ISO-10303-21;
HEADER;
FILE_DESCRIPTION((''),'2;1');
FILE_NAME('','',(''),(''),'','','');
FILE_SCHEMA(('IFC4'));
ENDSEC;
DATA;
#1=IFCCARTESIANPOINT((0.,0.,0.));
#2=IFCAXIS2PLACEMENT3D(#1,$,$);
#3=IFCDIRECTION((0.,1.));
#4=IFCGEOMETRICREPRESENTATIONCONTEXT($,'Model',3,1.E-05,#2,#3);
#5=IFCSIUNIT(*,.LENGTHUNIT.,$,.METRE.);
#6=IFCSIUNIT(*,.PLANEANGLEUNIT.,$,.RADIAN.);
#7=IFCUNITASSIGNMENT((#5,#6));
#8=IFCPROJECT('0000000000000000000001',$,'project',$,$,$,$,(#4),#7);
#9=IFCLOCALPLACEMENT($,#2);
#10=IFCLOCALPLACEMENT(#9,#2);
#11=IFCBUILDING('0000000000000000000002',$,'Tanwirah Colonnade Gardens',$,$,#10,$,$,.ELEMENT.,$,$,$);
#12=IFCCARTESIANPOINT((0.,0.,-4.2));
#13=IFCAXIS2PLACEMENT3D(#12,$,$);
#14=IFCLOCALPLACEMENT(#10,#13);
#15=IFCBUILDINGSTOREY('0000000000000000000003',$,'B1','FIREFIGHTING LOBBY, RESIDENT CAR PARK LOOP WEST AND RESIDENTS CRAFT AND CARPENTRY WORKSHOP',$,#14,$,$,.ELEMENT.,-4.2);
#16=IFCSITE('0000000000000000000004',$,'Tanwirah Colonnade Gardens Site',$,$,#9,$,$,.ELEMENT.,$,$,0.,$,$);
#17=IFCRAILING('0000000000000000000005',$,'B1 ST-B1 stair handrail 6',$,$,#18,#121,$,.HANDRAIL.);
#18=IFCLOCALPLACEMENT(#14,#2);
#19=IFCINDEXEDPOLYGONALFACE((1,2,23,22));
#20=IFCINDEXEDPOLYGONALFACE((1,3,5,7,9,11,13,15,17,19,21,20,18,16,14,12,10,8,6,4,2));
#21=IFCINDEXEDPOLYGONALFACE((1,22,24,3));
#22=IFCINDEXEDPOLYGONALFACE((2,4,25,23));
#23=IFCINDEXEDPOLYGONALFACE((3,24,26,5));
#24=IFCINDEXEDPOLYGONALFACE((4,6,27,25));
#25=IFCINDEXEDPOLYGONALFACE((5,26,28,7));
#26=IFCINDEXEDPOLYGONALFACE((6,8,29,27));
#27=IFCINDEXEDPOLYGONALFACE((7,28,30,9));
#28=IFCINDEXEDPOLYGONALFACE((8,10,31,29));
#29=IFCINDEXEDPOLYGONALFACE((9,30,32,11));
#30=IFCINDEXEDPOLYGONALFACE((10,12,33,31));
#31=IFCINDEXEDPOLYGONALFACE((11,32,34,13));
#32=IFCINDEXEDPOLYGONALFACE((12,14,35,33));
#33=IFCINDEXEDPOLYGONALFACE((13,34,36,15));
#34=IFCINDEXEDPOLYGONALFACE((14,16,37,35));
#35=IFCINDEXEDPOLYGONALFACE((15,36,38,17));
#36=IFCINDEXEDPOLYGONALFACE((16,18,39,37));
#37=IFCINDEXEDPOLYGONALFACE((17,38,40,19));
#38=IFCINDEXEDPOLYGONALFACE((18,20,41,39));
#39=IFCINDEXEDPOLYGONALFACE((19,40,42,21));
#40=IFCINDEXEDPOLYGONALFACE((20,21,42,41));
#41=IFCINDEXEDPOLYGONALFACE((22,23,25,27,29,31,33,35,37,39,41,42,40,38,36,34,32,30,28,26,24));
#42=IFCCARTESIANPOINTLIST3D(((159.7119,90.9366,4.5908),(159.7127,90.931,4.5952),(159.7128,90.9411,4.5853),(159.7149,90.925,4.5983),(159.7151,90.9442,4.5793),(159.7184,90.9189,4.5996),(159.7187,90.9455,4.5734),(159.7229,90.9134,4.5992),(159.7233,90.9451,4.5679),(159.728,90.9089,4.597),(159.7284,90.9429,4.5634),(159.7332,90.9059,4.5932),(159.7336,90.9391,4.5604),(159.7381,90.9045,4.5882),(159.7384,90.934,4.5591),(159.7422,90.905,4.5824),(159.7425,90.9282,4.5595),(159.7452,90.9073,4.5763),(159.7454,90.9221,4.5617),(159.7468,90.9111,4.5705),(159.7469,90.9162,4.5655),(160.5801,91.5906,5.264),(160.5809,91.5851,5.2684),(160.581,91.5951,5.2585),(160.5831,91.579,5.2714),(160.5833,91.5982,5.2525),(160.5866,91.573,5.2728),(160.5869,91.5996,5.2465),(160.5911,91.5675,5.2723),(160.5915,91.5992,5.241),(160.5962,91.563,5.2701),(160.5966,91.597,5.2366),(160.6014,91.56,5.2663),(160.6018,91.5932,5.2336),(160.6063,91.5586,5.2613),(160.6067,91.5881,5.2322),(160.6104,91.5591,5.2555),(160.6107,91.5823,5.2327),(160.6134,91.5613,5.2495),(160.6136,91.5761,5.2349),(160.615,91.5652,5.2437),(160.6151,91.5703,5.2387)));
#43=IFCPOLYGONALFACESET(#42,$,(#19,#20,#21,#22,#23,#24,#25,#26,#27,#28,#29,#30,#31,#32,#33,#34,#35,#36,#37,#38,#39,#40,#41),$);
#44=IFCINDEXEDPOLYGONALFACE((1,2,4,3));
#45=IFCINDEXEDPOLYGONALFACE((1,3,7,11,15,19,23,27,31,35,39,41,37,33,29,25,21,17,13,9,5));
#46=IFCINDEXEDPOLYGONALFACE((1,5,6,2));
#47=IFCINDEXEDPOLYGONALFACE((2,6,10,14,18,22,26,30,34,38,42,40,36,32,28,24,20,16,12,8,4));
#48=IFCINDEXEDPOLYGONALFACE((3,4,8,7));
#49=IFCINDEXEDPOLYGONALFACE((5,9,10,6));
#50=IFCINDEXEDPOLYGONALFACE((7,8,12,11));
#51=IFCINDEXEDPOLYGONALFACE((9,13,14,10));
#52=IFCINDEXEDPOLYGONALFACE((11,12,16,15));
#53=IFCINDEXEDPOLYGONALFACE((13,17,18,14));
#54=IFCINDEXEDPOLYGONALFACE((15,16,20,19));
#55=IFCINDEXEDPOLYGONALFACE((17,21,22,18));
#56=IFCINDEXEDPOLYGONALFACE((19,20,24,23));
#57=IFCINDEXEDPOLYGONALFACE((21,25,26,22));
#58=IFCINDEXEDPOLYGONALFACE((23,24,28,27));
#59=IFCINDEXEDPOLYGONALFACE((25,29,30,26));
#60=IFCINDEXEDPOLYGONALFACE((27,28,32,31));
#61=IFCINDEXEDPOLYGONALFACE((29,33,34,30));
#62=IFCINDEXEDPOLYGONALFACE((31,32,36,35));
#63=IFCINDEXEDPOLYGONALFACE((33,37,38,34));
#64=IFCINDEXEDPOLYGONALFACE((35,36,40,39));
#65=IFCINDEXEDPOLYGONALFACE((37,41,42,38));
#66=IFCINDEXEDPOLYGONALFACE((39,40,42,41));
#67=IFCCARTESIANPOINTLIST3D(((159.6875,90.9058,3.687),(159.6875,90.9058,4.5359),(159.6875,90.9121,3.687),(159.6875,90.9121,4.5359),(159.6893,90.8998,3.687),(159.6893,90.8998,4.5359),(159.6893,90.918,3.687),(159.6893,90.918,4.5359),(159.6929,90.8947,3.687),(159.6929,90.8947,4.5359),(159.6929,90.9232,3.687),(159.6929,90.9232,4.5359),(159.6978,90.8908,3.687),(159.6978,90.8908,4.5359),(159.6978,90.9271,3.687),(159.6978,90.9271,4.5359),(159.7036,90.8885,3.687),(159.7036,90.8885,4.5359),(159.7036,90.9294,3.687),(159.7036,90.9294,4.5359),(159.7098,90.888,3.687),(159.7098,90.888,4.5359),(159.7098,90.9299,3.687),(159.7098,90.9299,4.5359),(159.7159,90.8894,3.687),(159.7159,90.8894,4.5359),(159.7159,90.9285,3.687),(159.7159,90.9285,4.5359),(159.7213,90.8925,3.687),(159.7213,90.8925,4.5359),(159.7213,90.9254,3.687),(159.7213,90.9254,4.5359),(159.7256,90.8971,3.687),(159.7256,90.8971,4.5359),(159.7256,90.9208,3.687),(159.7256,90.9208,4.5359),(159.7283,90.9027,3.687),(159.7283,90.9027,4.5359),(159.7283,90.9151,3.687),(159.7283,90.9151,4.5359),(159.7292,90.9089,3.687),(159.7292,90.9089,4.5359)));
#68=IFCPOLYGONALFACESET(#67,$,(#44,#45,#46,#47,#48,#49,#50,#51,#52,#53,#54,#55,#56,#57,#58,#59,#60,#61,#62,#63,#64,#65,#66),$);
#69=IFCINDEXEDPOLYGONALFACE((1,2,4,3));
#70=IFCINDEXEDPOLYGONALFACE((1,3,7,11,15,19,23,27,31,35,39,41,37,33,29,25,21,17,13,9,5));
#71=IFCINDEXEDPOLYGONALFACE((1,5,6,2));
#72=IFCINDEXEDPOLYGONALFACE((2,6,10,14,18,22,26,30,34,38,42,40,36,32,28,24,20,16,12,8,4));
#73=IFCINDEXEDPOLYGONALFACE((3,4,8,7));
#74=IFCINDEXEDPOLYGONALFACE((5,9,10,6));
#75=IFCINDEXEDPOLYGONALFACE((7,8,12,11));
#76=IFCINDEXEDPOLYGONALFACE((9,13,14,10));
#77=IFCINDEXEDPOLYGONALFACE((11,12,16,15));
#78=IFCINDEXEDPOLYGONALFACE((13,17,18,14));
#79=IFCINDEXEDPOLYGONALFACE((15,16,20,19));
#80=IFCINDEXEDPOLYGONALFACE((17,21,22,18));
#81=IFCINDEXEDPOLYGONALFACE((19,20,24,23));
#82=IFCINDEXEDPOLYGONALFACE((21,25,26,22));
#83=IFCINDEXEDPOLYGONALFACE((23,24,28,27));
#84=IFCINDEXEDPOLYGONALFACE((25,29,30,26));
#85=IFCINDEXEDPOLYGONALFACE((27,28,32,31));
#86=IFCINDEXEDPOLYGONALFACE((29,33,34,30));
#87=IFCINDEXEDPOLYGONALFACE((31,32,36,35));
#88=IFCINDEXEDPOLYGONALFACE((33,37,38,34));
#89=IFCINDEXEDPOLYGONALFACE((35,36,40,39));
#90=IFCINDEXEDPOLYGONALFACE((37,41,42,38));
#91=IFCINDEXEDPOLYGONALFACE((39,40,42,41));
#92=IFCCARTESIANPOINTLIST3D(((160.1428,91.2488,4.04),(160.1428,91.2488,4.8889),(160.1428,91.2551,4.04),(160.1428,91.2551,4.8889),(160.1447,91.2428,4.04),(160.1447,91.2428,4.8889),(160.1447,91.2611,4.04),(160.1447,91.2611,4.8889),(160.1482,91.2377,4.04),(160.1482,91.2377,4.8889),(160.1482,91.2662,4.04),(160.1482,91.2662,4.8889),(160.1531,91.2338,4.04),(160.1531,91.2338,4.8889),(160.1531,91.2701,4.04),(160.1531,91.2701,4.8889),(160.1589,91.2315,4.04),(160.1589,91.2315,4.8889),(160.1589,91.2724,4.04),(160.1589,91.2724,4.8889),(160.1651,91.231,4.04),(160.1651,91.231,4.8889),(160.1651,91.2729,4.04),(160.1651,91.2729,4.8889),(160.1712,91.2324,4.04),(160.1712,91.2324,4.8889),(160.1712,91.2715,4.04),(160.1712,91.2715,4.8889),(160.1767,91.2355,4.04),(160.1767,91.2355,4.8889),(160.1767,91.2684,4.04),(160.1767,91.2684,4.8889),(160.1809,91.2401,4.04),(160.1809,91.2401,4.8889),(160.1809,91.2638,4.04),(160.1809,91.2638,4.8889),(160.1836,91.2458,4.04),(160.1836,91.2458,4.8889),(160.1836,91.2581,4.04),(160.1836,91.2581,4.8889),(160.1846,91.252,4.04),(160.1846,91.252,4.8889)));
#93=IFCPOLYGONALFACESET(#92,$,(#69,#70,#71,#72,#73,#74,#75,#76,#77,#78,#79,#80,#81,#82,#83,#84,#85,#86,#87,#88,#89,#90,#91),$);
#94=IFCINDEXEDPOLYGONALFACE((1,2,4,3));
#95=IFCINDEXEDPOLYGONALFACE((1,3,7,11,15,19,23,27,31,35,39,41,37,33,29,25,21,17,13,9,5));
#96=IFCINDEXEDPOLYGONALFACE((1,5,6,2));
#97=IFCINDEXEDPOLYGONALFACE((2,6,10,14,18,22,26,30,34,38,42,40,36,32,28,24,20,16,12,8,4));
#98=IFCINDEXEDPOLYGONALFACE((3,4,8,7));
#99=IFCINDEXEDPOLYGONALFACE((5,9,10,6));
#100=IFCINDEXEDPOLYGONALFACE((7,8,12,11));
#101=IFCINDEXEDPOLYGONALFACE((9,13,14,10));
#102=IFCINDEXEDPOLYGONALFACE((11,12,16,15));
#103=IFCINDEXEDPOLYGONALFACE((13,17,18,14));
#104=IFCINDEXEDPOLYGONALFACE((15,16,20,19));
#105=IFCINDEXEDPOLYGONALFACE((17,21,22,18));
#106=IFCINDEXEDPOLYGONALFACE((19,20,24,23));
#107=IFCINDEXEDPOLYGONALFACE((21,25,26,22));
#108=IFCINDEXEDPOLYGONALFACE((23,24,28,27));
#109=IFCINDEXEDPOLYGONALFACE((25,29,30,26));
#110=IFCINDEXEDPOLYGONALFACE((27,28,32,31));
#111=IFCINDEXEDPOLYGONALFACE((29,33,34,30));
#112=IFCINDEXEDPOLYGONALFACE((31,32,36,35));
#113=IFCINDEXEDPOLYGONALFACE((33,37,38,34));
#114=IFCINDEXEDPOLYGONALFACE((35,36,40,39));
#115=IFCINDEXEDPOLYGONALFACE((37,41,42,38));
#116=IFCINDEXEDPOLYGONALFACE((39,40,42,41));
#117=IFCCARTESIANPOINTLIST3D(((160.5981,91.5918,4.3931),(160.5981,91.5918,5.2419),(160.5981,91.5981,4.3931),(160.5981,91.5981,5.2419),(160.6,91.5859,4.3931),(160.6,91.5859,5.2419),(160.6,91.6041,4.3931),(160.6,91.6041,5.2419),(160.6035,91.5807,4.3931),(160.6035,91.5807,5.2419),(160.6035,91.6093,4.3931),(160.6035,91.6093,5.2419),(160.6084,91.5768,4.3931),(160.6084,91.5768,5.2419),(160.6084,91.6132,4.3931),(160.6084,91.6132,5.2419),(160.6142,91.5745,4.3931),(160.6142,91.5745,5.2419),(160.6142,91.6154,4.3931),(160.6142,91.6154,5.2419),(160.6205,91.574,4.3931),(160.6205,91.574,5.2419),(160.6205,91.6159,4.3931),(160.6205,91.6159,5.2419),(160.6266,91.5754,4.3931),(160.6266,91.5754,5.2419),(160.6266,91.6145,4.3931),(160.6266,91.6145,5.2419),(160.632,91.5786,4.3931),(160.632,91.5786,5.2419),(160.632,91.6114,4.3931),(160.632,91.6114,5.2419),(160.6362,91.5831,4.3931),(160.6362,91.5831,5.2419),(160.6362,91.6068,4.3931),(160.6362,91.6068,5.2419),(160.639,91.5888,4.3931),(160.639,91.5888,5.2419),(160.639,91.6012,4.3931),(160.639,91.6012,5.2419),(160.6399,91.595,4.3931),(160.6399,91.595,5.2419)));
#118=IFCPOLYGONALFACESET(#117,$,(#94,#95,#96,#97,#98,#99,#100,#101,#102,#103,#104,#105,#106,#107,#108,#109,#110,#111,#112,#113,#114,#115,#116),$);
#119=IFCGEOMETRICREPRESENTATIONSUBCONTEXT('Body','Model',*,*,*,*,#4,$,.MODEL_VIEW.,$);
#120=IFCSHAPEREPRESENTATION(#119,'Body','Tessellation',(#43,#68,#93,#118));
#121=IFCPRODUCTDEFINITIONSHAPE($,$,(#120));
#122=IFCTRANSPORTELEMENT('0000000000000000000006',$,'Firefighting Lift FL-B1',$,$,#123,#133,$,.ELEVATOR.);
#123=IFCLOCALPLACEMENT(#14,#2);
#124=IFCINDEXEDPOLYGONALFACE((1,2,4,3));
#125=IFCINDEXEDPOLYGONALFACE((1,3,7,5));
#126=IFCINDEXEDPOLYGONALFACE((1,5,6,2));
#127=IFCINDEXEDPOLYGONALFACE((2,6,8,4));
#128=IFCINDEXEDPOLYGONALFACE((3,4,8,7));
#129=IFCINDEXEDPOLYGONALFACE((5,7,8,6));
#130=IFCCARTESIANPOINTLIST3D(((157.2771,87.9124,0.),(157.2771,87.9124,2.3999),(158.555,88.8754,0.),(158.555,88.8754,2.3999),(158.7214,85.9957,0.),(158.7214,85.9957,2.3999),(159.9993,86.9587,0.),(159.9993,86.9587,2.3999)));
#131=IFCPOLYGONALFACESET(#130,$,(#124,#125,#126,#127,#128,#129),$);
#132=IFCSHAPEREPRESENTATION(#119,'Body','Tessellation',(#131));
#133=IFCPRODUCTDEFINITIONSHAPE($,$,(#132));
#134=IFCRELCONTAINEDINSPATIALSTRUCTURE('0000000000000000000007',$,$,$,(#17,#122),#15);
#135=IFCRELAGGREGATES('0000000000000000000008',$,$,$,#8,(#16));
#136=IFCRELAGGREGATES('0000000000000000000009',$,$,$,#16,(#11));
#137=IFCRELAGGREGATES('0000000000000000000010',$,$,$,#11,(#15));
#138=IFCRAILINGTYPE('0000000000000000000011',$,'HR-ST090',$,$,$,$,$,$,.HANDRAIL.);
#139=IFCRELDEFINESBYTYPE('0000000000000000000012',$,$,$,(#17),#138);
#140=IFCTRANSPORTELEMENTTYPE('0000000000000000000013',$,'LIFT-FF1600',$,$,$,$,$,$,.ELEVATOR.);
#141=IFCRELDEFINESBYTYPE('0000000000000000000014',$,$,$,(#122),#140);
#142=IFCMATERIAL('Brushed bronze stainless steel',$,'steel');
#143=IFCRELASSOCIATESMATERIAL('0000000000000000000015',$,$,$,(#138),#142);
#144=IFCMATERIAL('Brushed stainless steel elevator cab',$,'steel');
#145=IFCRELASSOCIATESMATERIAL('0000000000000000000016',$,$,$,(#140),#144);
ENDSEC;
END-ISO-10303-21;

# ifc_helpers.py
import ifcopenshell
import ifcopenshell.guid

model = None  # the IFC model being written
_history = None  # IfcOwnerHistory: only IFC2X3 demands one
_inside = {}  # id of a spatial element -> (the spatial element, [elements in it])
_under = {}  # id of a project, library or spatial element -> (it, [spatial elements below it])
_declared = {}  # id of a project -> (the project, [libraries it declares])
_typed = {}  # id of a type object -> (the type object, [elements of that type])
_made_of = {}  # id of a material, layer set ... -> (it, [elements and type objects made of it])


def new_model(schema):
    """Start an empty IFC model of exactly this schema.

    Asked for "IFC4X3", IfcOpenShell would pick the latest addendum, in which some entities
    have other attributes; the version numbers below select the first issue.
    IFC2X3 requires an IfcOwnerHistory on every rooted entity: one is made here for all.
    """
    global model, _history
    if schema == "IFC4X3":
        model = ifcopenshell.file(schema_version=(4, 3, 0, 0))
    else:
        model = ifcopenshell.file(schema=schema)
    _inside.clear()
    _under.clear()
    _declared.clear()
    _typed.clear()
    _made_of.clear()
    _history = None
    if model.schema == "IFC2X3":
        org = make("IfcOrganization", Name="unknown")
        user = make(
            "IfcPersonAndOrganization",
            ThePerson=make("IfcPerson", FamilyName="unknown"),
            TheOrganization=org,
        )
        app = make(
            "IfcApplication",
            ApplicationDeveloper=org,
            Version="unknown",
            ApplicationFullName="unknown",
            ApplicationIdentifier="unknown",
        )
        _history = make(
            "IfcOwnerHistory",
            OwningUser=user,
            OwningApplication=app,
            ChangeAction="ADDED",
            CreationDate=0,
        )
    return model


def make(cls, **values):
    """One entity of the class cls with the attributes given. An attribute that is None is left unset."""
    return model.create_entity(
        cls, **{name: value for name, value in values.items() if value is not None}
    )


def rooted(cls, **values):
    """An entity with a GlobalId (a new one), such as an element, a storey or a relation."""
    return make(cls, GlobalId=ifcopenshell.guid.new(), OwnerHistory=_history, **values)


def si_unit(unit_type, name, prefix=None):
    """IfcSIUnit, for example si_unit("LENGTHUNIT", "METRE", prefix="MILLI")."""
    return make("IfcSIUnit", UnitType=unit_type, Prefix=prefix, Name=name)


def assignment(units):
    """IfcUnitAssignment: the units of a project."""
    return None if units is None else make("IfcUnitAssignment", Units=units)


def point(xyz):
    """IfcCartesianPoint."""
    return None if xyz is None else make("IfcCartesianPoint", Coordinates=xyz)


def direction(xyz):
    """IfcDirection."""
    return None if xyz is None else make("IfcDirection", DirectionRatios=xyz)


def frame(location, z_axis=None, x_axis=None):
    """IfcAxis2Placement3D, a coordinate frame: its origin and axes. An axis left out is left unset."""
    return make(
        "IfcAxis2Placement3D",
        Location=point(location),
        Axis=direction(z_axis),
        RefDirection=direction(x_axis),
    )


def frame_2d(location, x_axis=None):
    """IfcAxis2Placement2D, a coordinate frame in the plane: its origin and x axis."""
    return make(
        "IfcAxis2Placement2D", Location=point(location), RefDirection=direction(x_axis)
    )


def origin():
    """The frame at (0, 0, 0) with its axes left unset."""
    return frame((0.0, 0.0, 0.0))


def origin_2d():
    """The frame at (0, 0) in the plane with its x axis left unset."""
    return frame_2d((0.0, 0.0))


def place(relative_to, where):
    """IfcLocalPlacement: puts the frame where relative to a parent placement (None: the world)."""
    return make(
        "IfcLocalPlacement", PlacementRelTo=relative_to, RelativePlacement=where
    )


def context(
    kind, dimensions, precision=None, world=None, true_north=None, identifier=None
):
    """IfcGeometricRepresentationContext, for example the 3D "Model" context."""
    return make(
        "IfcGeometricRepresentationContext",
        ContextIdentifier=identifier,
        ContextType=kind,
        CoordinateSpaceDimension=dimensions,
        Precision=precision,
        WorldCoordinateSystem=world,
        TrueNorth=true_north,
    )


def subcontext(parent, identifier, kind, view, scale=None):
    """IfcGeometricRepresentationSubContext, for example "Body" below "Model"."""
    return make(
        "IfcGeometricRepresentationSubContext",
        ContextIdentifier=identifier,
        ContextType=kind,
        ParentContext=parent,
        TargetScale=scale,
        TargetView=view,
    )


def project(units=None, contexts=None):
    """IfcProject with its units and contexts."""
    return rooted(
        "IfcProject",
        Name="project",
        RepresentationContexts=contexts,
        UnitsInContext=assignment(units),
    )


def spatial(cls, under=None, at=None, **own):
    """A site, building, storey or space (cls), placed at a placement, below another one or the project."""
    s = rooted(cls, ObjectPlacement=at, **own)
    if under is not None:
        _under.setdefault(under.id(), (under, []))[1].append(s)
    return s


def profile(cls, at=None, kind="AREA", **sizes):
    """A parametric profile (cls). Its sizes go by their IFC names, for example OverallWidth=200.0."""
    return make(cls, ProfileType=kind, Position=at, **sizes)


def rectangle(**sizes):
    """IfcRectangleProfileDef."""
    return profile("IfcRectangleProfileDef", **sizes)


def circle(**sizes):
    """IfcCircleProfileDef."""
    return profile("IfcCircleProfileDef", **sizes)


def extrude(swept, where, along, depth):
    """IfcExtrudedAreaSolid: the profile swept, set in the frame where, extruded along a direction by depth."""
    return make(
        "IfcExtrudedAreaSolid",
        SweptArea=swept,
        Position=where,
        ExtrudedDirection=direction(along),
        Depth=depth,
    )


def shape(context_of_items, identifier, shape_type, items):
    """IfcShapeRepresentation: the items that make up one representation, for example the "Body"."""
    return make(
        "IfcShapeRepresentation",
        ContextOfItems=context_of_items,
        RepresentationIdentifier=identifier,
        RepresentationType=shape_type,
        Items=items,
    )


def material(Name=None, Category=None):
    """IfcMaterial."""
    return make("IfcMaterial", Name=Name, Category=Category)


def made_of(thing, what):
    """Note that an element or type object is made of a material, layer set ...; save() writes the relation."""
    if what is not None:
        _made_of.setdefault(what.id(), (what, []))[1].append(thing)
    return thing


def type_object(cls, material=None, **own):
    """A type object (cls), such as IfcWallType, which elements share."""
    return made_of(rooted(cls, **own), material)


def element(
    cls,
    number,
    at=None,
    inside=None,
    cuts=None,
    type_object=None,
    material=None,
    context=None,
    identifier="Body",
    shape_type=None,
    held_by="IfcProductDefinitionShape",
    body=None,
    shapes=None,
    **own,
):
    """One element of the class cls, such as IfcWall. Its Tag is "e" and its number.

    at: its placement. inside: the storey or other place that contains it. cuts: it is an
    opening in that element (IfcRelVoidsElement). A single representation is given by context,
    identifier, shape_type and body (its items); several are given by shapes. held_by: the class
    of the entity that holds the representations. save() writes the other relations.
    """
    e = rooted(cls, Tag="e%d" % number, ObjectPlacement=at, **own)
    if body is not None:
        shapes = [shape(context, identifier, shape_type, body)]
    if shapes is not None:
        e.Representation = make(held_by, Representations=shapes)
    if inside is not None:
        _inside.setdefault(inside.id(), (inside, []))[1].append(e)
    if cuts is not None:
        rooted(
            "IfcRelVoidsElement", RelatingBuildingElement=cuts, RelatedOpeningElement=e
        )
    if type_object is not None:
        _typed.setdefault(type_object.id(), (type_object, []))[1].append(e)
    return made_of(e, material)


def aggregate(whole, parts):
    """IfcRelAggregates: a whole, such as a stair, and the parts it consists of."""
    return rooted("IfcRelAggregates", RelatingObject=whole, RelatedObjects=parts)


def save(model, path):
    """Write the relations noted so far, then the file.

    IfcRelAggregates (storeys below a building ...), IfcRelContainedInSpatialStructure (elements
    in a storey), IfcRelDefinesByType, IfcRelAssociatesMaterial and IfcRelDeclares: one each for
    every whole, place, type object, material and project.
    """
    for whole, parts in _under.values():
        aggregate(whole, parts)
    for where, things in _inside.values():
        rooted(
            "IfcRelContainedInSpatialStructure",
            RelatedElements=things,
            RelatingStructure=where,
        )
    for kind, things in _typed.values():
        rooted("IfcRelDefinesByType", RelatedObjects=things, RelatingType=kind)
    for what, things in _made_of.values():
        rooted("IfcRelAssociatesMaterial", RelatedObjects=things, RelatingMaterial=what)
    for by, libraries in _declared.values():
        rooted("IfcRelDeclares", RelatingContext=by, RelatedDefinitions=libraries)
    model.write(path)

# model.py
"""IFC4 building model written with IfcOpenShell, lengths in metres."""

from ifc_helpers import new_model, si_unit, direction, frame, origin, origin_2d, place, context, subcontext, project, spatial, rectangle, circle, extrude, material, type_object, element, save


model = new_model("IFC4")

# Units and contexts
model_context = context("Model", 3, precision=1e-05, world=origin(), true_north=direction((0.0, 1.0)))
body_context = subcontext(model_context, "Body", "Model", "MODEL_VIEW")
ifc_project = project(units=[si_unit("LENGTHUNIT", "METRE"), si_unit("PLANEANGLEUNIT", "RADIAN")], contexts=[model_context])

# Site, building, storey
site_placement = place(None, origin())
site = spatial("IfcSite", under=ifc_project, at=site_placement, Name="Tanwirah Colonnade Gardens Site", CompositionType="ELEMENT", RefElevation=0.0)
building_placement = place(site_placement, origin())
building = spatial("IfcBuilding", under=site, at=building_placement, Name="Tanwirah Colonnade Gardens", CompositionType="ELEMENT")
storey_placement = place(building_placement, frame((0.0, 0.0, -4.2)))
storey = spatial("IfcBuildingStorey", under=building, at=storey_placement, Name="B1", Description="FIREFIGHTING LOBBY, RESIDENT CAR PARK LOOP WEST AND RESIDENTS CRAFT AND CARPENTRY WORKSHOP", CompositionType="ELEMENT", Elevation=-4.2)

# Railing
ifc_material_1 = material(Name="Brushed bronze stainless steel", Category="steel")
railing_type_1 = type_object("IfcRailingType", Name="HR-ST090", PredefinedType="HANDRAIL", material=ifc_material_1)
railing_1_placement = place(storey_placement, frame((159.7083, 90.9089, 3.687)))
element("IfcRailing", 1, at=railing_1_placement, inside=storey, type_object=railing_type_1, Name="B1 ST-B1 stair handrail 6", PredefinedType="HANDRAIL", context=body_context, shape_type="SweptSolid", body=[
    extrude(circle(Radius=0.0239, at=origin_2d()), frame((0.0212, 0.0161, 0.8923), z_axis=(0.67905, 0.511563, 0.526492), x_axis=(-0.601712, 0.798713, 0.0)), (0.0, 0.0, 1.0), 1.2786),
    extrude(circle(Radius=0.021, at=origin_2d()), origin(), (0.0, 0.0, 1.0), 0.8489),
    extrude(circle(Radius=0.021, at=origin_2d()), frame((0.4553, 0.343, 0.353)), (0.0, 0.0, 1.0), 0.8489),
    extrude(circle(Radius=0.021, at=origin_2d()), frame((0.9106, 0.686, 0.7061)), (0.0, 0.0, 1.0), 0.8489),
])

# Transport element
ifc_material_2 = material(Name="Brushed stainless steel elevator cab", Category="steel")
transport_element_type = type_object("IfcTransportElementType", Name="LIFT-FF1600", PredefinedType="ELEVATOR", material=ifc_material_2)
transport_element_placement = place(storey_placement, frame((158.6382, 87.4355, 0.0), z_axis=(0.0, 0.0, 1.0), x_axis=(-0.798636, -0.601815, 0.0)))
element("IfcTransportElement", 2, at=transport_element_placement, inside=storey, type_object=transport_element_type, Name="Firefighting Lift FL-B1", PredefinedType="ELEVATOR", context=body_context, shape_type="SweptSolid", body=[
    extrude(rectangle(XDim=1.6001, YDim=2.3999, at=origin_2d()), origin(), (0.0, 0.0, 1.0), 2.3999),
])

save(model, "model.ifc")
